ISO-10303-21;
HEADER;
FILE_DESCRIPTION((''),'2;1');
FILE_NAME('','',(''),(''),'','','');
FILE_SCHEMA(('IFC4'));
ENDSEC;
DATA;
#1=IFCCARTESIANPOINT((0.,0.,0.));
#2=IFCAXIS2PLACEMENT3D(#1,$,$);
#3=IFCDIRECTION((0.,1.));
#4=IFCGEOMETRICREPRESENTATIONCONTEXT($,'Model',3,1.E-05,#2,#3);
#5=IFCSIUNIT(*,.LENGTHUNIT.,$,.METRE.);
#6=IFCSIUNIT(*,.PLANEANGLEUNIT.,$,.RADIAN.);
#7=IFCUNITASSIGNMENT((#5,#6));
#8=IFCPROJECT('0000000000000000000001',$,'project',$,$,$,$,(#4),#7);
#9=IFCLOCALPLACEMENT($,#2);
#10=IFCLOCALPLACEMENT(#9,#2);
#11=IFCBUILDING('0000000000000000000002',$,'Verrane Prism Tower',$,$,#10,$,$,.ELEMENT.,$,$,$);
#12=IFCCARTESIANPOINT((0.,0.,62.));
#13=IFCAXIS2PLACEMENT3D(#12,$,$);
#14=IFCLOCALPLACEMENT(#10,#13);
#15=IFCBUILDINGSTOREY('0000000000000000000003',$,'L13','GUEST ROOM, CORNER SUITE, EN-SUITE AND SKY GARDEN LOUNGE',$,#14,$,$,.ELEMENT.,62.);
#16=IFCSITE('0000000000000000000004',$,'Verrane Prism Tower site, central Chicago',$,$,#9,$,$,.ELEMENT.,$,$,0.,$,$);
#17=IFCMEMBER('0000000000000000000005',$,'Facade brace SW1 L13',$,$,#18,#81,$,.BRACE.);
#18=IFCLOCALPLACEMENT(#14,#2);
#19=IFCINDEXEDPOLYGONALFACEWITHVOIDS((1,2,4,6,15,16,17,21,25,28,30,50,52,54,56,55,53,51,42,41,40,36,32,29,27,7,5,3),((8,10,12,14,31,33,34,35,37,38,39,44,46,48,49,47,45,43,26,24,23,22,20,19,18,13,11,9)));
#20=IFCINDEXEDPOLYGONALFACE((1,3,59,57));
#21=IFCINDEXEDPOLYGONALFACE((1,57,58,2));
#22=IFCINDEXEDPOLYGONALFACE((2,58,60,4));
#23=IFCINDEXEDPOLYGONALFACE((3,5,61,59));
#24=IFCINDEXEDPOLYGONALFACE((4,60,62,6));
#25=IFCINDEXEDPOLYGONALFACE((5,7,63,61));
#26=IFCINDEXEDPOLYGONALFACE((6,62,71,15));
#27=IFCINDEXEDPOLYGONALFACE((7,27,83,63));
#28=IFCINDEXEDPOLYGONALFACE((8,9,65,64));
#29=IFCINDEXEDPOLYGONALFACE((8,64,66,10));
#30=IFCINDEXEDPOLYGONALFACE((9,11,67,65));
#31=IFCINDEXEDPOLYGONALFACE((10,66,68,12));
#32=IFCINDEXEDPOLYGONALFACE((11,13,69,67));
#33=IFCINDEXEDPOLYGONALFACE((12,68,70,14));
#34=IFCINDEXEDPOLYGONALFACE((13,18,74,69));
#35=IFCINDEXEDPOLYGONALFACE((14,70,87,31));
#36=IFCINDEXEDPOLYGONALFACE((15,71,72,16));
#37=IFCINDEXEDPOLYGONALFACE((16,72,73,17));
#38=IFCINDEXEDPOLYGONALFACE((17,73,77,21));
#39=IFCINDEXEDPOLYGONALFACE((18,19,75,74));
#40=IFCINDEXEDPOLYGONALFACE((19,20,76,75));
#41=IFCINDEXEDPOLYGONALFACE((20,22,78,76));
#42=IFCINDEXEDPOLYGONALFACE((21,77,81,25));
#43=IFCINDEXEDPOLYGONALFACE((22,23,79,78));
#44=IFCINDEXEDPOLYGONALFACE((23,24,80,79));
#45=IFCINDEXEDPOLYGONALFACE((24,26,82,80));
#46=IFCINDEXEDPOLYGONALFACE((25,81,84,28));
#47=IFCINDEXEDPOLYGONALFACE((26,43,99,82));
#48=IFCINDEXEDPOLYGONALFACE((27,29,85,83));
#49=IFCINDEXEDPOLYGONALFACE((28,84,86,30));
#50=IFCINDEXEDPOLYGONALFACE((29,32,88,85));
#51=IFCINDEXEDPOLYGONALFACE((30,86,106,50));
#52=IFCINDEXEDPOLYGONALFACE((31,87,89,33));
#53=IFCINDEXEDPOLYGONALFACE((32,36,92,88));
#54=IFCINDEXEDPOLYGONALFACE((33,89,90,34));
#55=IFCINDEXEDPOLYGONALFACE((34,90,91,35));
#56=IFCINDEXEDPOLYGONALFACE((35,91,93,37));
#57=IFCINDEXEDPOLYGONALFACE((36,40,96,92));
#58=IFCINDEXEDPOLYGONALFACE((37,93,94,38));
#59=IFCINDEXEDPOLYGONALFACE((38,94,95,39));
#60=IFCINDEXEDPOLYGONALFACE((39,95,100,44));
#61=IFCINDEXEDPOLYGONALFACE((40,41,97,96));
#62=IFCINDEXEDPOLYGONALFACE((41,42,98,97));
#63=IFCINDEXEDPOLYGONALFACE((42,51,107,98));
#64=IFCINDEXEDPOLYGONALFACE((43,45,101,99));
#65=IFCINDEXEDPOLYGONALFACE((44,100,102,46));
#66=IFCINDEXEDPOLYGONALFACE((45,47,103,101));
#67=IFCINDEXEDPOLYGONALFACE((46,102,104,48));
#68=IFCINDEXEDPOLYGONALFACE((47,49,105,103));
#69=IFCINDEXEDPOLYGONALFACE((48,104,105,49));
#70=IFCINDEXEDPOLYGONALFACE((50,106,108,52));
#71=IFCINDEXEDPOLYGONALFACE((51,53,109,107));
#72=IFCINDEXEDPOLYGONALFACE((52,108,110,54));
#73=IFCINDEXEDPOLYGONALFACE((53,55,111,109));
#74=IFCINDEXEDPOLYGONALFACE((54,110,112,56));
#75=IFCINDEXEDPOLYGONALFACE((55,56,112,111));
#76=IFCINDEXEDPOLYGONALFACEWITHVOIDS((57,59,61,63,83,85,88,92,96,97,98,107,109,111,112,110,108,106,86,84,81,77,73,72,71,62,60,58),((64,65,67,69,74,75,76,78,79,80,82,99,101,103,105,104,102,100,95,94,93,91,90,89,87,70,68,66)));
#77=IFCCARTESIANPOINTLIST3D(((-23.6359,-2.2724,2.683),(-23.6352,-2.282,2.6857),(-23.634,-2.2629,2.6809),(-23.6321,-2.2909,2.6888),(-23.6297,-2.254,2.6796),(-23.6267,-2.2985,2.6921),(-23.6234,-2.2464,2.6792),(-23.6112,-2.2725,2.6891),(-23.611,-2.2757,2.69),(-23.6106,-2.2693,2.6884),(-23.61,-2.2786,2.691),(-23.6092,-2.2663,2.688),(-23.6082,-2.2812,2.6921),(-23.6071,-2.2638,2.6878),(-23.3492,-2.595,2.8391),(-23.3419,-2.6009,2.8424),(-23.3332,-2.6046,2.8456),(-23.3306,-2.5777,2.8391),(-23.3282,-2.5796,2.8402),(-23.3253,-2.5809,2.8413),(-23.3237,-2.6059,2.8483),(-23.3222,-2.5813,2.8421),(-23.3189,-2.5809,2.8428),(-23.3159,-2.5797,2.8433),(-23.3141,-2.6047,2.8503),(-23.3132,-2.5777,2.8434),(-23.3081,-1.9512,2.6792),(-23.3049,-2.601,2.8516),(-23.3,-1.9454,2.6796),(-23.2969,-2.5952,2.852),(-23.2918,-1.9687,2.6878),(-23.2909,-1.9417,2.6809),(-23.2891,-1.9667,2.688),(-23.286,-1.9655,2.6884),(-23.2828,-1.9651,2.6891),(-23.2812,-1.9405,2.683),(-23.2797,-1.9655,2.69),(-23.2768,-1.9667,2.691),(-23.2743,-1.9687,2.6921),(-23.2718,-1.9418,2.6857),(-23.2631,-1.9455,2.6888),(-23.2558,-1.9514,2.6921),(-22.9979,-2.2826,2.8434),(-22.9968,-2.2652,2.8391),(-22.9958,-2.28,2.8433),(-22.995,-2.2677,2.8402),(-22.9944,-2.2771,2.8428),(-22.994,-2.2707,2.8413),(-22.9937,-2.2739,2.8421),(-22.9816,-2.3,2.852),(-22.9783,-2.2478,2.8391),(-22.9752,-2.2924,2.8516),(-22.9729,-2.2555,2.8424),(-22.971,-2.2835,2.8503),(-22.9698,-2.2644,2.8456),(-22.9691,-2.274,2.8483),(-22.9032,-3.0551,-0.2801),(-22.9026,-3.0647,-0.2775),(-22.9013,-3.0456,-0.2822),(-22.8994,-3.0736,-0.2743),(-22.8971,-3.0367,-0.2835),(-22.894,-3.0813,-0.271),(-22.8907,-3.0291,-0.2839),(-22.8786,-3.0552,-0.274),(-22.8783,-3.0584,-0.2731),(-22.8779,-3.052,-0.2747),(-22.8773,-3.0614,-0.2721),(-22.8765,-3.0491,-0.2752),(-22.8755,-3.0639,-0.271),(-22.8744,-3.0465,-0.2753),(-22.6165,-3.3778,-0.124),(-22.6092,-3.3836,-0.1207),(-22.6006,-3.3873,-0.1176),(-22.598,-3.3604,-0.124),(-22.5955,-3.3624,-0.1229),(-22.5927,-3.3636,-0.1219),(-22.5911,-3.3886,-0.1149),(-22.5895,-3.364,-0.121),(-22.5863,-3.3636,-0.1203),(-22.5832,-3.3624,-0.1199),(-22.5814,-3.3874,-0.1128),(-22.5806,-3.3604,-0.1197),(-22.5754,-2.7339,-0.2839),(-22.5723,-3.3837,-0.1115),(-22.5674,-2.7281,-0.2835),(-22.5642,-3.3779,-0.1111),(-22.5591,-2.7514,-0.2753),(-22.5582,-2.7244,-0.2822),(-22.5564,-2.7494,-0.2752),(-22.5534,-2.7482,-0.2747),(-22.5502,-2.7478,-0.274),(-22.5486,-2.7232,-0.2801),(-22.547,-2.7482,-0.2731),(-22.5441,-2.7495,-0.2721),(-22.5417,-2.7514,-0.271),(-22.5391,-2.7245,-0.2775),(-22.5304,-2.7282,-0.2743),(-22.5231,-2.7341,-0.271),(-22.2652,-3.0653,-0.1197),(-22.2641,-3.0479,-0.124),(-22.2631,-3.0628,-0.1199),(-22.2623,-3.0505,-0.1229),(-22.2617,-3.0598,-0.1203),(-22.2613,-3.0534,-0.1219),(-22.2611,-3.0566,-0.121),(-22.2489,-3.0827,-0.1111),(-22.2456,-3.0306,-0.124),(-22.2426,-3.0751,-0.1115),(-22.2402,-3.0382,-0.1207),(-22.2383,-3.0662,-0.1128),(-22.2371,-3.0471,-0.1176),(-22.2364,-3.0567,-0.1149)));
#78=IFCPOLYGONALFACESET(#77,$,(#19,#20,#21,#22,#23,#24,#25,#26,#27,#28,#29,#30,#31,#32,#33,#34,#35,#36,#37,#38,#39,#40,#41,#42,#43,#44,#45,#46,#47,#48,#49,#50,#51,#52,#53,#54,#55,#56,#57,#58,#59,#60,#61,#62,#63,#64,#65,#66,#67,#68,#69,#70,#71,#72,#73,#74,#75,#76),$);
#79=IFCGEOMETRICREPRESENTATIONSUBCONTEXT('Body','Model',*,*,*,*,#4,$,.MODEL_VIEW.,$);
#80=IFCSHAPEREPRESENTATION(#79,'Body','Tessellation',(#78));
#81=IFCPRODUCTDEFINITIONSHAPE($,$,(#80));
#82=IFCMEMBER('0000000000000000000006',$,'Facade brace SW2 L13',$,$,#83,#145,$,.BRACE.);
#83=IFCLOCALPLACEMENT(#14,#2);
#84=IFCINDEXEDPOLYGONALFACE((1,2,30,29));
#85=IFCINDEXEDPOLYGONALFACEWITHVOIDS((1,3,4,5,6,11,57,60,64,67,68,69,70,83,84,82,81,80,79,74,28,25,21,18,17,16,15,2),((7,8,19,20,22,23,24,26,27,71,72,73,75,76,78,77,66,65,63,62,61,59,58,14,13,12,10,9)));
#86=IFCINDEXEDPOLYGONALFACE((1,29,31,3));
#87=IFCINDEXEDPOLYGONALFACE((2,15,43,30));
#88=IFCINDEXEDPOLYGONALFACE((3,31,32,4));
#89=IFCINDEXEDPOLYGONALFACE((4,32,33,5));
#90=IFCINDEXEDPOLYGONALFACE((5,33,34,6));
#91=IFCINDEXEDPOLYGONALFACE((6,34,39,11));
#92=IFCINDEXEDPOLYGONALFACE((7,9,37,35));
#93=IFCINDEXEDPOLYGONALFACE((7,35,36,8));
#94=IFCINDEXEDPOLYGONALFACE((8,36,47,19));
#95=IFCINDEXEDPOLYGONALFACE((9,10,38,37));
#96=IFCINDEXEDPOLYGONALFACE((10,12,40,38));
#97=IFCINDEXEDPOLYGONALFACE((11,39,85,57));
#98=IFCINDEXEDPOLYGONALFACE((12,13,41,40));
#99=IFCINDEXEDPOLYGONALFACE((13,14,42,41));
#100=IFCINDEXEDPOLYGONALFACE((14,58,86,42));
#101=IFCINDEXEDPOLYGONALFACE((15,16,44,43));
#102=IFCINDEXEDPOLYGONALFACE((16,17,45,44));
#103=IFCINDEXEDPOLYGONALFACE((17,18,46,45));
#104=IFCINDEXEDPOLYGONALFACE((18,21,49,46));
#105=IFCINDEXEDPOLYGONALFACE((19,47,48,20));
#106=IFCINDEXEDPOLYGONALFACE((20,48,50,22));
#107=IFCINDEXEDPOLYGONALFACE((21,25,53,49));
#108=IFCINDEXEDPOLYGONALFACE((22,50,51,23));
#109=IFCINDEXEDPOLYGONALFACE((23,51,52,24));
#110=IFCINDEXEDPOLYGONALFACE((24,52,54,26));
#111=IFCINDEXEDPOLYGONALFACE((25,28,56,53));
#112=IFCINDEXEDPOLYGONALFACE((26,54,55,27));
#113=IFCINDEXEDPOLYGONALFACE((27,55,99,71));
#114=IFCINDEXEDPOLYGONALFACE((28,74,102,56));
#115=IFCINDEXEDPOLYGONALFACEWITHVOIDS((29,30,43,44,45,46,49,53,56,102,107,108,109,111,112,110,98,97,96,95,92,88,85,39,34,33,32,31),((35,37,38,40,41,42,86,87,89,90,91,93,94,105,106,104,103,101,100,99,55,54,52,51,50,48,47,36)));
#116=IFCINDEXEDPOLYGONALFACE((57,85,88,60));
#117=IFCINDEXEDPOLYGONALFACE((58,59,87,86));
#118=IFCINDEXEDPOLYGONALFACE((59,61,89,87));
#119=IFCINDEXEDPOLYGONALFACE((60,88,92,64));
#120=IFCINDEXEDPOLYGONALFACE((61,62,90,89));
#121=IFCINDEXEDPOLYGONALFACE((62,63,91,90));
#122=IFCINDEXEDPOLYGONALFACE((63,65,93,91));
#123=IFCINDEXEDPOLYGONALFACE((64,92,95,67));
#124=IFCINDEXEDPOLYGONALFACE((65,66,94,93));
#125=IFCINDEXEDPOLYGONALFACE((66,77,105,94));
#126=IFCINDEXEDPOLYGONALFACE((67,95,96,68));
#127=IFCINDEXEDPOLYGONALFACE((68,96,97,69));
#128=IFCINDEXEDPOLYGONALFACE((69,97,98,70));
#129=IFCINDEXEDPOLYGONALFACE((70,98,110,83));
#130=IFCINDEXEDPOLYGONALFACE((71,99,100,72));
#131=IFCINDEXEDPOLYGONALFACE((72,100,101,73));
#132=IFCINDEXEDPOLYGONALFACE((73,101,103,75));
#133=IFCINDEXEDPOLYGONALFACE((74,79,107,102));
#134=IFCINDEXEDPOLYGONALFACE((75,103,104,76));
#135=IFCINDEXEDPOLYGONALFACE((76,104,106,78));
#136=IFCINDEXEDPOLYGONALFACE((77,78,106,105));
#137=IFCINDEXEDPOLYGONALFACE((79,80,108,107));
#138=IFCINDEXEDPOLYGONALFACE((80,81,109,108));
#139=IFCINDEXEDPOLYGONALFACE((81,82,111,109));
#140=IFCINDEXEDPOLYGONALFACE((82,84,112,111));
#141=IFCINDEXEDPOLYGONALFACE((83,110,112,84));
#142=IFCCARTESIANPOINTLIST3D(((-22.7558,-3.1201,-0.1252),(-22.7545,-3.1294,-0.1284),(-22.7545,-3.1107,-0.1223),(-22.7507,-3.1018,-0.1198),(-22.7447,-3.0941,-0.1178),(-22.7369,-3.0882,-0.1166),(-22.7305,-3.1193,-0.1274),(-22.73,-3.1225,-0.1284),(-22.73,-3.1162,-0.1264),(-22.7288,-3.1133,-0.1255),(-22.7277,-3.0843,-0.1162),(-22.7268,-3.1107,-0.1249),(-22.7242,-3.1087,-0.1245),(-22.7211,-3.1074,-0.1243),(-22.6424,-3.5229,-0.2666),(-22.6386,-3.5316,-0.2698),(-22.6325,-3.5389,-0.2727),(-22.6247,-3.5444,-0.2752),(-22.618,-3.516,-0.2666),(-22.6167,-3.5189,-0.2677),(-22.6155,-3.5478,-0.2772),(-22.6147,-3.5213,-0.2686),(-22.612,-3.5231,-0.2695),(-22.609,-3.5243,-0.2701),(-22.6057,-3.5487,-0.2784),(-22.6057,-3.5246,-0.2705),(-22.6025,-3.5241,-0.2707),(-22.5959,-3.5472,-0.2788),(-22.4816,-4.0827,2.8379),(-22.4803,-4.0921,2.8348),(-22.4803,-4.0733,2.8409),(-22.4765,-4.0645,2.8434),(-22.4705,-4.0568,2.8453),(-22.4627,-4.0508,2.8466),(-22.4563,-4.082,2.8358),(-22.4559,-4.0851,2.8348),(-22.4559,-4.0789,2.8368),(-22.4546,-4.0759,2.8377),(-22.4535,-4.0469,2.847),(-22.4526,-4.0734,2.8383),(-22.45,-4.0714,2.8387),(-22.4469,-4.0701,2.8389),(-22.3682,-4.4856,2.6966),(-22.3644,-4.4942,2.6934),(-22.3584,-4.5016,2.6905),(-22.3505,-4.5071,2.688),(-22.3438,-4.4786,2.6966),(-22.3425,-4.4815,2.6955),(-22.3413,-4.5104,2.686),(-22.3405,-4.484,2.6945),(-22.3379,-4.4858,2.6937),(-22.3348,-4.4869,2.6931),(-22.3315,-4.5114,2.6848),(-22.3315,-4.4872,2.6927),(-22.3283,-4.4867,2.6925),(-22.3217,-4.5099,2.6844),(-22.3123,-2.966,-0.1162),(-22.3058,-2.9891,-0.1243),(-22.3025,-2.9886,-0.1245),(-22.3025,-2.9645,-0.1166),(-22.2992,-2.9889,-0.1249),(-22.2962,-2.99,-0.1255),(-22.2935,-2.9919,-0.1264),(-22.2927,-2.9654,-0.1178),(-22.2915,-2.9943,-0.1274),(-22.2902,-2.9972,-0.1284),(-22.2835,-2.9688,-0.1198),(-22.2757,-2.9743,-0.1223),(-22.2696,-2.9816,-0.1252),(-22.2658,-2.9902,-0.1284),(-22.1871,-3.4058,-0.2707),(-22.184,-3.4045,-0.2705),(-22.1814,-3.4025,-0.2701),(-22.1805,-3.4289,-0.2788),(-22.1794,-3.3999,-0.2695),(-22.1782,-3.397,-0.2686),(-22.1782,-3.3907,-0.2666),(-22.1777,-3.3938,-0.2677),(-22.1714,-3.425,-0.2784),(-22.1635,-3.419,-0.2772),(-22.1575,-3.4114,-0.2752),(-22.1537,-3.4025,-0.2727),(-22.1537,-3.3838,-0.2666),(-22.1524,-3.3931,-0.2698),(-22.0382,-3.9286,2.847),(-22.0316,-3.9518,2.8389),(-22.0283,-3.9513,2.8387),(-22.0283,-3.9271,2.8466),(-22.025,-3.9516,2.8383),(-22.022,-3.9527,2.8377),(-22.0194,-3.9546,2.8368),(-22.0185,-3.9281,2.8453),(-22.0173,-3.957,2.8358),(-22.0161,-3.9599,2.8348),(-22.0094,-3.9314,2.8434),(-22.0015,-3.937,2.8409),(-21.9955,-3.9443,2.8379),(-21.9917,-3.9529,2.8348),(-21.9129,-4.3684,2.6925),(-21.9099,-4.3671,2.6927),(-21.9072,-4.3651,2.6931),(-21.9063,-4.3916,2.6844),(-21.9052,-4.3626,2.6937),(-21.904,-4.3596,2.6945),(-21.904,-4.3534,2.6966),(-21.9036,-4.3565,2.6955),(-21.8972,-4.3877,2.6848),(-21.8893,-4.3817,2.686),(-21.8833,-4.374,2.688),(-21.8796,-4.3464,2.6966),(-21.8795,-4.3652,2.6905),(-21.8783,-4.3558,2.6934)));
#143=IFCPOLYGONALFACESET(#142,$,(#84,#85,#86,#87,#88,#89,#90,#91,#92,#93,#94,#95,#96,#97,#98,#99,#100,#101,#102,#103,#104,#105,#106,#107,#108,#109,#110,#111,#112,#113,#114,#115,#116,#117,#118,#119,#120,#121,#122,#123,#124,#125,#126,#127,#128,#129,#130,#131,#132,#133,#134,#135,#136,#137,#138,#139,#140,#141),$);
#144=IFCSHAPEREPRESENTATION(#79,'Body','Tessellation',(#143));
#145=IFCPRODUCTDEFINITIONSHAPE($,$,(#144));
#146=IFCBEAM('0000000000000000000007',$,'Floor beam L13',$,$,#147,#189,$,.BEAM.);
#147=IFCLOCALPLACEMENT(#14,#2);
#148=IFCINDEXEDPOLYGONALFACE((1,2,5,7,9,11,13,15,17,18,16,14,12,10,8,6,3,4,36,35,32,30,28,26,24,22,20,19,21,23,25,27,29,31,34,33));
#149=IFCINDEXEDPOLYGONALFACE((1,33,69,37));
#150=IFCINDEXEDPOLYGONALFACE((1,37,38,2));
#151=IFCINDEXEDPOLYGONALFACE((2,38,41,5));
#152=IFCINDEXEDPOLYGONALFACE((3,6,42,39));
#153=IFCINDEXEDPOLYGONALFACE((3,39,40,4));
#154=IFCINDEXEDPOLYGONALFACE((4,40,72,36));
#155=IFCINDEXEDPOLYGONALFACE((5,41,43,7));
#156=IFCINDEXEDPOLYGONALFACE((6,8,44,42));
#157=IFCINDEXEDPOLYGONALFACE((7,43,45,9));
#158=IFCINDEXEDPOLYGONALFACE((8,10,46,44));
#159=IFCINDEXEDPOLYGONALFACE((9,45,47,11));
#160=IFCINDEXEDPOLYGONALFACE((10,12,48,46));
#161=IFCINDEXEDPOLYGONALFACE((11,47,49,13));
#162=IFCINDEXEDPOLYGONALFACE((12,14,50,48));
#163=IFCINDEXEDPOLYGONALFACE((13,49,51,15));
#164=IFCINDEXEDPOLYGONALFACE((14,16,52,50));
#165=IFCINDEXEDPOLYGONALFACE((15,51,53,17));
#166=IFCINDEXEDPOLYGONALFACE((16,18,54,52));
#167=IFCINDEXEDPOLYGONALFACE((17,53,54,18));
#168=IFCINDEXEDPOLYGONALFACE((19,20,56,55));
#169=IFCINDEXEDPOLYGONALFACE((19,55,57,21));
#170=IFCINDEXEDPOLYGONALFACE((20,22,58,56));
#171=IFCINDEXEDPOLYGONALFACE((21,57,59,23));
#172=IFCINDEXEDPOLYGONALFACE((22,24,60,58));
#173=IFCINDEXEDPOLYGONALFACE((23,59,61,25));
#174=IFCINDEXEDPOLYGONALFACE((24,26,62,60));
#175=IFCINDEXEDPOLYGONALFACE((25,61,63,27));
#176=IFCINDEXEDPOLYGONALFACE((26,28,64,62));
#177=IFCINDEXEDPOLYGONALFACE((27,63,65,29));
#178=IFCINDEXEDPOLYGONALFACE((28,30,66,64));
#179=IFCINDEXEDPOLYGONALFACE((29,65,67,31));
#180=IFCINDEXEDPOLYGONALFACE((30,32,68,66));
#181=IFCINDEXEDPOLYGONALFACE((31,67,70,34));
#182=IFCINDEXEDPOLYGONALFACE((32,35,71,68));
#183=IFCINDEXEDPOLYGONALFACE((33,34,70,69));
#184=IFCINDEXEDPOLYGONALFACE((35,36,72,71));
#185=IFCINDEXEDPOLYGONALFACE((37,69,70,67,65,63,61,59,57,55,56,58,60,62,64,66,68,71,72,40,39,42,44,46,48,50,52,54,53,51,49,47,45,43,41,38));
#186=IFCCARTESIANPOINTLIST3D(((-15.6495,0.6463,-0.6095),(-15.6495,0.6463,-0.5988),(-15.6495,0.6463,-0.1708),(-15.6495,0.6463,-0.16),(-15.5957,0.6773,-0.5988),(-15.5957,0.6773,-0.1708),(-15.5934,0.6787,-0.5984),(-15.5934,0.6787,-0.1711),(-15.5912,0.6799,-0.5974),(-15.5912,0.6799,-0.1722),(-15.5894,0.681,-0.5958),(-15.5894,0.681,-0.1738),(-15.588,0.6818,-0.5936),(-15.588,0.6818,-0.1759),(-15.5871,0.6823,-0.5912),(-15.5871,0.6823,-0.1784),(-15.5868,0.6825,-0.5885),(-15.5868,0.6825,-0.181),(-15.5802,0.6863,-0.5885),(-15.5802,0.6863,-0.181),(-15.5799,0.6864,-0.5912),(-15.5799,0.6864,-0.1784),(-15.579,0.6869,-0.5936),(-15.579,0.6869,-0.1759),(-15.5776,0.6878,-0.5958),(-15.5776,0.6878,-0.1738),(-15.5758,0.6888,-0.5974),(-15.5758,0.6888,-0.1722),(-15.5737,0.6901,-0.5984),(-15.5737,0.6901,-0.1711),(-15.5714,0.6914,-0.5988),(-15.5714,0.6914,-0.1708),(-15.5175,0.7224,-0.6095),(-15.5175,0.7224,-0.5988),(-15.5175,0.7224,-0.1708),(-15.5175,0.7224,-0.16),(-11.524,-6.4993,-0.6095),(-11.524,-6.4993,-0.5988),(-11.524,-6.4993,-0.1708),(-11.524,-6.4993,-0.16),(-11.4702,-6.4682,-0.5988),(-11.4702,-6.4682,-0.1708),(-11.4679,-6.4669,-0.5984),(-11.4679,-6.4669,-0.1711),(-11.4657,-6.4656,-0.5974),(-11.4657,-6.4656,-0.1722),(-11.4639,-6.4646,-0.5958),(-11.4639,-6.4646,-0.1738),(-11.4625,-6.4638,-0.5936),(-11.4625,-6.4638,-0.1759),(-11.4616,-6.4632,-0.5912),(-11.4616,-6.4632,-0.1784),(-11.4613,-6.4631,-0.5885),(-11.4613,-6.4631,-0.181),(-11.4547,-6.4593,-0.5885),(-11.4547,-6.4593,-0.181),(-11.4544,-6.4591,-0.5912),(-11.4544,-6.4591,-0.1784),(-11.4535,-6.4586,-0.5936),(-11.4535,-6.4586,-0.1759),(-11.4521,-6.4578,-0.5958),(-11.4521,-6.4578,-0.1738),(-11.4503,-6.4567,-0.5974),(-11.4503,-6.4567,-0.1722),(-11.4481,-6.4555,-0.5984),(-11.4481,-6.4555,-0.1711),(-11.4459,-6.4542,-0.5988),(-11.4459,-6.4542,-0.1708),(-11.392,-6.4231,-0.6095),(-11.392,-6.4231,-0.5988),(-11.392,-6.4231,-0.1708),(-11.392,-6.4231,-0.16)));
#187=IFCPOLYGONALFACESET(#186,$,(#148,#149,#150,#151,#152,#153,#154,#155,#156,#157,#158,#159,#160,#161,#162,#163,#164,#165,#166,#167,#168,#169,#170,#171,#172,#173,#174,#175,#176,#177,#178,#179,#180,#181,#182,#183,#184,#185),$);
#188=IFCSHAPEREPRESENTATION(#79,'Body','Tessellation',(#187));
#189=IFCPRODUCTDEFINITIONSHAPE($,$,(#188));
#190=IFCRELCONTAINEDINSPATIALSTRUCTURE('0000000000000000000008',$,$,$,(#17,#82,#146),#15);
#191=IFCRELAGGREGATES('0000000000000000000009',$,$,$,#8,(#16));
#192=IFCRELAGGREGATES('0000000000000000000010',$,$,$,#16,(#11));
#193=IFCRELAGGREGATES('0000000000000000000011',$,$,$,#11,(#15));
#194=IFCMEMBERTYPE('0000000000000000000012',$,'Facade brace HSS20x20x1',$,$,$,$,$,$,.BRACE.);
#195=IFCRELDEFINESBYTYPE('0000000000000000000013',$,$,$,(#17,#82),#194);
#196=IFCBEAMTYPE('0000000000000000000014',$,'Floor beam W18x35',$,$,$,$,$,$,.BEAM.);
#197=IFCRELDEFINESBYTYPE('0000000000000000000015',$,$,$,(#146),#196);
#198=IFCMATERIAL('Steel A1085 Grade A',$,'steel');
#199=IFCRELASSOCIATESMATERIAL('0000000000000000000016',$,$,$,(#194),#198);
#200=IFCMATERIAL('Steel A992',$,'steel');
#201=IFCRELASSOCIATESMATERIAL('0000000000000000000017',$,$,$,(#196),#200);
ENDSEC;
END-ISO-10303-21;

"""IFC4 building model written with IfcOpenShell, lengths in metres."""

from ifc_helpers import new_model, si_unit, direction, frame, origin, origin_2d, place, context, subcontext, project, spatial, hollow_rectangle, i_section, extrude, material, material_profile, profile_set, type_object, element, save


model = new_model("IFC4")

# Units and contexts
model_context = context("Model", 3, precision=1e-05, world=origin(), true_north=direction((0.0, 1.0)))
body_context = subcontext(model_context, "Body", "Model", "MODEL_VIEW")
ifc_project = project(units=[si_unit("LENGTHUNIT", "METRE"), si_unit("PLANEANGLEUNIT", "RADIAN")], contexts=[model_context])

# Site, building, storey
site_placement = place(None, origin())
site = spatial("IfcSite", under=ifc_project, at=site_placement, Name="Verrane Prism Tower site, central Chicago", CompositionType="ELEMENT", RefElevation=0.0)
building_placement = place(site_placement, origin())
building = spatial("IfcBuilding", under=site, at=building_placement, Name="Verrane Prism Tower", CompositionType="ELEMENT")
storey_placement = place(building_placement, frame((0.0, 0.0, 62.0)))
storey = spatial("IfcBuildingStorey", under=building, at=storey_placement, Name="L13", Description="GUEST ROOM, CORNER SUITE, EN-SUITE AND SKY GARDEN LOUNGE", CompositionType="ELEMENT", Elevation=62.0)

# Members
ifc_material_1 = material(Name="Steel A1085 Grade A", Category="steel")
ifc_material_profile_1 = material_profile(ifc_material_1, hollow_rectangle(XDim=0.5081, YDim=0.5081, WallThickness=0.0254, InnerFilletRadius=0.0127, OuterFilletRadius=0.0381, at=origin_2d()), Name="HSS20x20x1")
ifc_profile_set_1 = profile_set([ifc_material_profile_1], Name="Steel A1085 Grade A")
member_type_1 = type_object("IfcMemberType", Name="Facade brace HSS20x20x1", PredefinedType="BRACE", material=ifc_profile_set_1)
member_1_placement = place(storey_placement, frame((-22.5698, -3.0559, -0.1975), z_axis=(-0.232509, 0.248392, 0.940341), x_axis=(-0.730062, -0.68338, 0.0)))
element("IfcMember", 1, at=member_1_placement, inside=storey, type_object=member_type_1, Name="Facade brace SW1 L13", PredefinedType="BRACE", context=body_context, shape_type="SweptSolid", body=[
    extrude(hollow_rectangle(XDim=0.5081, YDim=0.5081, WallThickness=0.0254, InnerFilletRadius=0.0127, OuterFilletRadius=0.0381, at=origin_2d()), origin(), (0.0, 0.0, 1.0), 3.1511),
])
member_2_placement = place(storey_placement, frame((-22.4541, -3.2566, -0.1975), z_axis=(0.087661, -0.307789, 0.947408), x_axis=(0.961754, 0.273916, 0.0)))
element("IfcMember", 2, at=member_2_placement, inside=storey, type_object=member_type_1, Name="Facade brace SW2 L13", PredefinedType="BRACE", context=body_context, shape_type="SweptSolid", body=[
    extrude(hollow_rectangle(XDim=0.5081, YDim=0.5081, WallThickness=0.0254, InnerFilletRadius=0.0127, OuterFilletRadius=0.0381, at=origin_2d()), origin(), (0.0, 0.0, 1.0), 3.1277),
])

# Beam
ifc_material_2 = material(Name="Steel A992", Category="steel")
ifc_material_profile_2 = material_profile(ifc_material_2, i_section(OverallWidth=0.1523, OverallDepth=0.4495, WebThickness=0.0076, FlangeThickness=0.0107, FilletRadius=0.0103, at=origin_2d()), Name="W18x35")
ifc_profile_set_2 = profile_set([ifc_material_profile_2], Name="Steel A992")
beam_type_1 = type_object("IfcBeamType", Name="Floor beam W18x35", PredefinedType="BEAM", material=ifc_profile_set_2)
beam_1_placement = place(storey_placement, frame((-11.458, -6.4612, -0.3848), z_axis=(-0.500002, 0.866024, 0.0), x_axis=(-0.866024, -0.500002, 0.0)))
element("IfcBeam", 3, at=beam_1_placement, inside=storey, type_object=beam_type_1, Name="Floor beam L13", PredefinedType="BEAM", context=body_context, shape_type="SweptSolid", body=[
    extrude(i_section(OverallWidth=0.1523, OverallDepth=0.4495, WebThickness=0.0076, FlangeThickness=0.0107, FilletRadius=0.0103, at=origin_2d()), origin(), (0.0, 0.0, 1.0), 8.251),
])

save(model, "model.ifc")
